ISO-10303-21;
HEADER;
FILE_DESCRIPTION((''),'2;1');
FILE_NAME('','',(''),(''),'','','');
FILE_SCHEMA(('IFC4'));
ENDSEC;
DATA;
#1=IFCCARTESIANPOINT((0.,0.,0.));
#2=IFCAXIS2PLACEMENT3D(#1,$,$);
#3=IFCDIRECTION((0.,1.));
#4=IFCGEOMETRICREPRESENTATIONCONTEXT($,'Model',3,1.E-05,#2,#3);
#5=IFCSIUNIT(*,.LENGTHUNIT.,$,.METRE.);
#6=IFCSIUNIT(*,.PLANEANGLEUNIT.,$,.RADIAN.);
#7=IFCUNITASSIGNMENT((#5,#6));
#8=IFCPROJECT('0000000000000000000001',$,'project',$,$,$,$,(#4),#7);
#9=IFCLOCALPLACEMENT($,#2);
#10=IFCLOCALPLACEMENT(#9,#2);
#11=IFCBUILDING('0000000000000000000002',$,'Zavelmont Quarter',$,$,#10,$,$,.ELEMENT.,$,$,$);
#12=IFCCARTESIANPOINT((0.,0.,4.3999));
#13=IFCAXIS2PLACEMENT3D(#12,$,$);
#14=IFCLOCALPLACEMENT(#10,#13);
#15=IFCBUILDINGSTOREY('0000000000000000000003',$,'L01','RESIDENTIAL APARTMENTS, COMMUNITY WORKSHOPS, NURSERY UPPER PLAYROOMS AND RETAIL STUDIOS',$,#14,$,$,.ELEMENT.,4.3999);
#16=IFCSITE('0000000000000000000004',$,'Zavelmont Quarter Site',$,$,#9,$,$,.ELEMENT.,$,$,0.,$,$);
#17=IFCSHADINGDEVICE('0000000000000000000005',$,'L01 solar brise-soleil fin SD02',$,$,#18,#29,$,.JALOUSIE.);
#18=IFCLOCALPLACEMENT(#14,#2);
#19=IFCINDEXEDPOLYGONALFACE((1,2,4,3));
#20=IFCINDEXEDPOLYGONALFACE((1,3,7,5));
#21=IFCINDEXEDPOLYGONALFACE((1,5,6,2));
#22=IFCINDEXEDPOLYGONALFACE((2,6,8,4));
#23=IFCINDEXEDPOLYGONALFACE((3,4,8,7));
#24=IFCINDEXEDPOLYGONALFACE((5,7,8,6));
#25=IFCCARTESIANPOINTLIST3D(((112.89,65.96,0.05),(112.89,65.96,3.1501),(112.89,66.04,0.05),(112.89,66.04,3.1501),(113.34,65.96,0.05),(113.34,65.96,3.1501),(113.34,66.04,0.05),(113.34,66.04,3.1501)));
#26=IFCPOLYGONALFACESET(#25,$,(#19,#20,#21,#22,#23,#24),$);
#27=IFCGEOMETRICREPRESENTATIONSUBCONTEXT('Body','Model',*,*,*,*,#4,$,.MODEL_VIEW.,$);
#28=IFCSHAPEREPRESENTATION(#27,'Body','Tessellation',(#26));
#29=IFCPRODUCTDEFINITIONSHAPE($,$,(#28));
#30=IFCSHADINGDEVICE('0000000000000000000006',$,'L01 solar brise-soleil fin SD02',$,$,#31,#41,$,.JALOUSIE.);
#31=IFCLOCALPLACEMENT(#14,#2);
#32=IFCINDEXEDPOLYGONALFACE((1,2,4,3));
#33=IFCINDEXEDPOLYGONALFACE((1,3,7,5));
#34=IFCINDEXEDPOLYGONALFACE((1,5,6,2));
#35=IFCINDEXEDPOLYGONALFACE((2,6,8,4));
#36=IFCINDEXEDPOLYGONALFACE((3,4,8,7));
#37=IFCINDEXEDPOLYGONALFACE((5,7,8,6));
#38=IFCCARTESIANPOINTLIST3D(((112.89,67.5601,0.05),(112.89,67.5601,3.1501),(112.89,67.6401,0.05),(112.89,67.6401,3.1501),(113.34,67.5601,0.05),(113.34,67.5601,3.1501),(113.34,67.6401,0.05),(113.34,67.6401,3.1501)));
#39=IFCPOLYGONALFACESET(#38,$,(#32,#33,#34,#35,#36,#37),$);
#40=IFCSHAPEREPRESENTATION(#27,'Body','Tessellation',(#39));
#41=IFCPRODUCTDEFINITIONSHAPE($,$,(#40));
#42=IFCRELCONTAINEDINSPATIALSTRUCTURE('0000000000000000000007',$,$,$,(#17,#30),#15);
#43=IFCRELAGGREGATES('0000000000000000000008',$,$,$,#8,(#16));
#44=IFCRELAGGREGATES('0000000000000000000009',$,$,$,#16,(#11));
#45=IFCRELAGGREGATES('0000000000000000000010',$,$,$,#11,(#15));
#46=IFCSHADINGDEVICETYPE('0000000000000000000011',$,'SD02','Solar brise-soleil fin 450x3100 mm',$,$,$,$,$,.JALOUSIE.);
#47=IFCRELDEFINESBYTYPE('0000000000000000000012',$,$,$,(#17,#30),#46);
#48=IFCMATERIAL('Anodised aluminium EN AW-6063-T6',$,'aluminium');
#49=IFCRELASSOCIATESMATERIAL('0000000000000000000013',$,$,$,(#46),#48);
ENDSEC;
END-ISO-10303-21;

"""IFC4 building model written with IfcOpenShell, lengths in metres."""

from ifc_helpers import new_model, si_unit, direction, frame, origin, origin_2d, place, context, subcontext, project, spatial, rectangle, extrude, material, type_object, element, save


model = new_model("IFC4")

# Units and contexts
model_context = context("Model", 3, precision=1e-05, world=origin(), true_north=direction((0.0, 1.0)))
body_context = subcontext(model_context, "Body", "Model", "MODEL_VIEW")
ifc_project = project(units=[si_unit("LENGTHUNIT", "METRE"), si_unit("PLANEANGLEUNIT", "RADIAN")], contexts=[model_context])

# Site, building, storey
site_placement = place(None, origin())
site = spatial("IfcSite", under=ifc_project, at=site_placement, Name="Zavelmont Quarter Site", CompositionType="ELEMENT", RefElevation=0.0)
building_placement = place(site_placement, origin())
building = spatial("IfcBuilding", under=site, at=building_placement, Name="Zavelmont Quarter", CompositionType="ELEMENT")
storey_placement = place(building_placement, frame((0.0, 0.0, 4.3999)))
storey = spatial("IfcBuildingStorey", under=building, at=storey_placement, Name="L01", Description="RESIDENTIAL APARTMENTS, COMMUNITY WORKSHOPS, NURSERY UPPER PLAYROOMS AND RETAIL STUDIOS", CompositionType="ELEMENT", Elevation=4.3999)

# Shading devices
ifc_material_1 = material(Name="Anodised aluminium EN AW-6063-T6", Category="aluminium")
shading_device_type = type_object("IfcShadingDeviceType", Name="SD02", Description="Solar brise-soleil fin 450x3100 mm", PredefinedType="JALOUSIE", material=ifc_material_1)
for number, where, z_axis, x_axis, name in (
    (1, (113.115, 66.0, 0.05), (0.0, 0.0, 1.0), (0.0, 1.0, 0.0), "L01 solar brise-soleil fin SD02"),
    (2, (113.115, 67.6001, 0.05), (0.0, 0.0, 1.0), (0.0, 1.0, 0.0), "L01 solar brise-soleil fin SD02"),
):
    element("IfcShadingDevice", number, at=place(storey_placement, frame(where, z_axis=z_axis, x_axis=x_axis)), inside=storey, type_object=shading_device_type, Name=name, PredefinedType="JALOUSIE", context=body_context, shape_type="SweptSolid", body=[
        extrude(rectangle(XDim=0.0801, YDim=0.45, at=origin_2d()), origin(), (0.0, 0.0, 1.0), 3.1001),
    ])

save(model, "model.ifc")
